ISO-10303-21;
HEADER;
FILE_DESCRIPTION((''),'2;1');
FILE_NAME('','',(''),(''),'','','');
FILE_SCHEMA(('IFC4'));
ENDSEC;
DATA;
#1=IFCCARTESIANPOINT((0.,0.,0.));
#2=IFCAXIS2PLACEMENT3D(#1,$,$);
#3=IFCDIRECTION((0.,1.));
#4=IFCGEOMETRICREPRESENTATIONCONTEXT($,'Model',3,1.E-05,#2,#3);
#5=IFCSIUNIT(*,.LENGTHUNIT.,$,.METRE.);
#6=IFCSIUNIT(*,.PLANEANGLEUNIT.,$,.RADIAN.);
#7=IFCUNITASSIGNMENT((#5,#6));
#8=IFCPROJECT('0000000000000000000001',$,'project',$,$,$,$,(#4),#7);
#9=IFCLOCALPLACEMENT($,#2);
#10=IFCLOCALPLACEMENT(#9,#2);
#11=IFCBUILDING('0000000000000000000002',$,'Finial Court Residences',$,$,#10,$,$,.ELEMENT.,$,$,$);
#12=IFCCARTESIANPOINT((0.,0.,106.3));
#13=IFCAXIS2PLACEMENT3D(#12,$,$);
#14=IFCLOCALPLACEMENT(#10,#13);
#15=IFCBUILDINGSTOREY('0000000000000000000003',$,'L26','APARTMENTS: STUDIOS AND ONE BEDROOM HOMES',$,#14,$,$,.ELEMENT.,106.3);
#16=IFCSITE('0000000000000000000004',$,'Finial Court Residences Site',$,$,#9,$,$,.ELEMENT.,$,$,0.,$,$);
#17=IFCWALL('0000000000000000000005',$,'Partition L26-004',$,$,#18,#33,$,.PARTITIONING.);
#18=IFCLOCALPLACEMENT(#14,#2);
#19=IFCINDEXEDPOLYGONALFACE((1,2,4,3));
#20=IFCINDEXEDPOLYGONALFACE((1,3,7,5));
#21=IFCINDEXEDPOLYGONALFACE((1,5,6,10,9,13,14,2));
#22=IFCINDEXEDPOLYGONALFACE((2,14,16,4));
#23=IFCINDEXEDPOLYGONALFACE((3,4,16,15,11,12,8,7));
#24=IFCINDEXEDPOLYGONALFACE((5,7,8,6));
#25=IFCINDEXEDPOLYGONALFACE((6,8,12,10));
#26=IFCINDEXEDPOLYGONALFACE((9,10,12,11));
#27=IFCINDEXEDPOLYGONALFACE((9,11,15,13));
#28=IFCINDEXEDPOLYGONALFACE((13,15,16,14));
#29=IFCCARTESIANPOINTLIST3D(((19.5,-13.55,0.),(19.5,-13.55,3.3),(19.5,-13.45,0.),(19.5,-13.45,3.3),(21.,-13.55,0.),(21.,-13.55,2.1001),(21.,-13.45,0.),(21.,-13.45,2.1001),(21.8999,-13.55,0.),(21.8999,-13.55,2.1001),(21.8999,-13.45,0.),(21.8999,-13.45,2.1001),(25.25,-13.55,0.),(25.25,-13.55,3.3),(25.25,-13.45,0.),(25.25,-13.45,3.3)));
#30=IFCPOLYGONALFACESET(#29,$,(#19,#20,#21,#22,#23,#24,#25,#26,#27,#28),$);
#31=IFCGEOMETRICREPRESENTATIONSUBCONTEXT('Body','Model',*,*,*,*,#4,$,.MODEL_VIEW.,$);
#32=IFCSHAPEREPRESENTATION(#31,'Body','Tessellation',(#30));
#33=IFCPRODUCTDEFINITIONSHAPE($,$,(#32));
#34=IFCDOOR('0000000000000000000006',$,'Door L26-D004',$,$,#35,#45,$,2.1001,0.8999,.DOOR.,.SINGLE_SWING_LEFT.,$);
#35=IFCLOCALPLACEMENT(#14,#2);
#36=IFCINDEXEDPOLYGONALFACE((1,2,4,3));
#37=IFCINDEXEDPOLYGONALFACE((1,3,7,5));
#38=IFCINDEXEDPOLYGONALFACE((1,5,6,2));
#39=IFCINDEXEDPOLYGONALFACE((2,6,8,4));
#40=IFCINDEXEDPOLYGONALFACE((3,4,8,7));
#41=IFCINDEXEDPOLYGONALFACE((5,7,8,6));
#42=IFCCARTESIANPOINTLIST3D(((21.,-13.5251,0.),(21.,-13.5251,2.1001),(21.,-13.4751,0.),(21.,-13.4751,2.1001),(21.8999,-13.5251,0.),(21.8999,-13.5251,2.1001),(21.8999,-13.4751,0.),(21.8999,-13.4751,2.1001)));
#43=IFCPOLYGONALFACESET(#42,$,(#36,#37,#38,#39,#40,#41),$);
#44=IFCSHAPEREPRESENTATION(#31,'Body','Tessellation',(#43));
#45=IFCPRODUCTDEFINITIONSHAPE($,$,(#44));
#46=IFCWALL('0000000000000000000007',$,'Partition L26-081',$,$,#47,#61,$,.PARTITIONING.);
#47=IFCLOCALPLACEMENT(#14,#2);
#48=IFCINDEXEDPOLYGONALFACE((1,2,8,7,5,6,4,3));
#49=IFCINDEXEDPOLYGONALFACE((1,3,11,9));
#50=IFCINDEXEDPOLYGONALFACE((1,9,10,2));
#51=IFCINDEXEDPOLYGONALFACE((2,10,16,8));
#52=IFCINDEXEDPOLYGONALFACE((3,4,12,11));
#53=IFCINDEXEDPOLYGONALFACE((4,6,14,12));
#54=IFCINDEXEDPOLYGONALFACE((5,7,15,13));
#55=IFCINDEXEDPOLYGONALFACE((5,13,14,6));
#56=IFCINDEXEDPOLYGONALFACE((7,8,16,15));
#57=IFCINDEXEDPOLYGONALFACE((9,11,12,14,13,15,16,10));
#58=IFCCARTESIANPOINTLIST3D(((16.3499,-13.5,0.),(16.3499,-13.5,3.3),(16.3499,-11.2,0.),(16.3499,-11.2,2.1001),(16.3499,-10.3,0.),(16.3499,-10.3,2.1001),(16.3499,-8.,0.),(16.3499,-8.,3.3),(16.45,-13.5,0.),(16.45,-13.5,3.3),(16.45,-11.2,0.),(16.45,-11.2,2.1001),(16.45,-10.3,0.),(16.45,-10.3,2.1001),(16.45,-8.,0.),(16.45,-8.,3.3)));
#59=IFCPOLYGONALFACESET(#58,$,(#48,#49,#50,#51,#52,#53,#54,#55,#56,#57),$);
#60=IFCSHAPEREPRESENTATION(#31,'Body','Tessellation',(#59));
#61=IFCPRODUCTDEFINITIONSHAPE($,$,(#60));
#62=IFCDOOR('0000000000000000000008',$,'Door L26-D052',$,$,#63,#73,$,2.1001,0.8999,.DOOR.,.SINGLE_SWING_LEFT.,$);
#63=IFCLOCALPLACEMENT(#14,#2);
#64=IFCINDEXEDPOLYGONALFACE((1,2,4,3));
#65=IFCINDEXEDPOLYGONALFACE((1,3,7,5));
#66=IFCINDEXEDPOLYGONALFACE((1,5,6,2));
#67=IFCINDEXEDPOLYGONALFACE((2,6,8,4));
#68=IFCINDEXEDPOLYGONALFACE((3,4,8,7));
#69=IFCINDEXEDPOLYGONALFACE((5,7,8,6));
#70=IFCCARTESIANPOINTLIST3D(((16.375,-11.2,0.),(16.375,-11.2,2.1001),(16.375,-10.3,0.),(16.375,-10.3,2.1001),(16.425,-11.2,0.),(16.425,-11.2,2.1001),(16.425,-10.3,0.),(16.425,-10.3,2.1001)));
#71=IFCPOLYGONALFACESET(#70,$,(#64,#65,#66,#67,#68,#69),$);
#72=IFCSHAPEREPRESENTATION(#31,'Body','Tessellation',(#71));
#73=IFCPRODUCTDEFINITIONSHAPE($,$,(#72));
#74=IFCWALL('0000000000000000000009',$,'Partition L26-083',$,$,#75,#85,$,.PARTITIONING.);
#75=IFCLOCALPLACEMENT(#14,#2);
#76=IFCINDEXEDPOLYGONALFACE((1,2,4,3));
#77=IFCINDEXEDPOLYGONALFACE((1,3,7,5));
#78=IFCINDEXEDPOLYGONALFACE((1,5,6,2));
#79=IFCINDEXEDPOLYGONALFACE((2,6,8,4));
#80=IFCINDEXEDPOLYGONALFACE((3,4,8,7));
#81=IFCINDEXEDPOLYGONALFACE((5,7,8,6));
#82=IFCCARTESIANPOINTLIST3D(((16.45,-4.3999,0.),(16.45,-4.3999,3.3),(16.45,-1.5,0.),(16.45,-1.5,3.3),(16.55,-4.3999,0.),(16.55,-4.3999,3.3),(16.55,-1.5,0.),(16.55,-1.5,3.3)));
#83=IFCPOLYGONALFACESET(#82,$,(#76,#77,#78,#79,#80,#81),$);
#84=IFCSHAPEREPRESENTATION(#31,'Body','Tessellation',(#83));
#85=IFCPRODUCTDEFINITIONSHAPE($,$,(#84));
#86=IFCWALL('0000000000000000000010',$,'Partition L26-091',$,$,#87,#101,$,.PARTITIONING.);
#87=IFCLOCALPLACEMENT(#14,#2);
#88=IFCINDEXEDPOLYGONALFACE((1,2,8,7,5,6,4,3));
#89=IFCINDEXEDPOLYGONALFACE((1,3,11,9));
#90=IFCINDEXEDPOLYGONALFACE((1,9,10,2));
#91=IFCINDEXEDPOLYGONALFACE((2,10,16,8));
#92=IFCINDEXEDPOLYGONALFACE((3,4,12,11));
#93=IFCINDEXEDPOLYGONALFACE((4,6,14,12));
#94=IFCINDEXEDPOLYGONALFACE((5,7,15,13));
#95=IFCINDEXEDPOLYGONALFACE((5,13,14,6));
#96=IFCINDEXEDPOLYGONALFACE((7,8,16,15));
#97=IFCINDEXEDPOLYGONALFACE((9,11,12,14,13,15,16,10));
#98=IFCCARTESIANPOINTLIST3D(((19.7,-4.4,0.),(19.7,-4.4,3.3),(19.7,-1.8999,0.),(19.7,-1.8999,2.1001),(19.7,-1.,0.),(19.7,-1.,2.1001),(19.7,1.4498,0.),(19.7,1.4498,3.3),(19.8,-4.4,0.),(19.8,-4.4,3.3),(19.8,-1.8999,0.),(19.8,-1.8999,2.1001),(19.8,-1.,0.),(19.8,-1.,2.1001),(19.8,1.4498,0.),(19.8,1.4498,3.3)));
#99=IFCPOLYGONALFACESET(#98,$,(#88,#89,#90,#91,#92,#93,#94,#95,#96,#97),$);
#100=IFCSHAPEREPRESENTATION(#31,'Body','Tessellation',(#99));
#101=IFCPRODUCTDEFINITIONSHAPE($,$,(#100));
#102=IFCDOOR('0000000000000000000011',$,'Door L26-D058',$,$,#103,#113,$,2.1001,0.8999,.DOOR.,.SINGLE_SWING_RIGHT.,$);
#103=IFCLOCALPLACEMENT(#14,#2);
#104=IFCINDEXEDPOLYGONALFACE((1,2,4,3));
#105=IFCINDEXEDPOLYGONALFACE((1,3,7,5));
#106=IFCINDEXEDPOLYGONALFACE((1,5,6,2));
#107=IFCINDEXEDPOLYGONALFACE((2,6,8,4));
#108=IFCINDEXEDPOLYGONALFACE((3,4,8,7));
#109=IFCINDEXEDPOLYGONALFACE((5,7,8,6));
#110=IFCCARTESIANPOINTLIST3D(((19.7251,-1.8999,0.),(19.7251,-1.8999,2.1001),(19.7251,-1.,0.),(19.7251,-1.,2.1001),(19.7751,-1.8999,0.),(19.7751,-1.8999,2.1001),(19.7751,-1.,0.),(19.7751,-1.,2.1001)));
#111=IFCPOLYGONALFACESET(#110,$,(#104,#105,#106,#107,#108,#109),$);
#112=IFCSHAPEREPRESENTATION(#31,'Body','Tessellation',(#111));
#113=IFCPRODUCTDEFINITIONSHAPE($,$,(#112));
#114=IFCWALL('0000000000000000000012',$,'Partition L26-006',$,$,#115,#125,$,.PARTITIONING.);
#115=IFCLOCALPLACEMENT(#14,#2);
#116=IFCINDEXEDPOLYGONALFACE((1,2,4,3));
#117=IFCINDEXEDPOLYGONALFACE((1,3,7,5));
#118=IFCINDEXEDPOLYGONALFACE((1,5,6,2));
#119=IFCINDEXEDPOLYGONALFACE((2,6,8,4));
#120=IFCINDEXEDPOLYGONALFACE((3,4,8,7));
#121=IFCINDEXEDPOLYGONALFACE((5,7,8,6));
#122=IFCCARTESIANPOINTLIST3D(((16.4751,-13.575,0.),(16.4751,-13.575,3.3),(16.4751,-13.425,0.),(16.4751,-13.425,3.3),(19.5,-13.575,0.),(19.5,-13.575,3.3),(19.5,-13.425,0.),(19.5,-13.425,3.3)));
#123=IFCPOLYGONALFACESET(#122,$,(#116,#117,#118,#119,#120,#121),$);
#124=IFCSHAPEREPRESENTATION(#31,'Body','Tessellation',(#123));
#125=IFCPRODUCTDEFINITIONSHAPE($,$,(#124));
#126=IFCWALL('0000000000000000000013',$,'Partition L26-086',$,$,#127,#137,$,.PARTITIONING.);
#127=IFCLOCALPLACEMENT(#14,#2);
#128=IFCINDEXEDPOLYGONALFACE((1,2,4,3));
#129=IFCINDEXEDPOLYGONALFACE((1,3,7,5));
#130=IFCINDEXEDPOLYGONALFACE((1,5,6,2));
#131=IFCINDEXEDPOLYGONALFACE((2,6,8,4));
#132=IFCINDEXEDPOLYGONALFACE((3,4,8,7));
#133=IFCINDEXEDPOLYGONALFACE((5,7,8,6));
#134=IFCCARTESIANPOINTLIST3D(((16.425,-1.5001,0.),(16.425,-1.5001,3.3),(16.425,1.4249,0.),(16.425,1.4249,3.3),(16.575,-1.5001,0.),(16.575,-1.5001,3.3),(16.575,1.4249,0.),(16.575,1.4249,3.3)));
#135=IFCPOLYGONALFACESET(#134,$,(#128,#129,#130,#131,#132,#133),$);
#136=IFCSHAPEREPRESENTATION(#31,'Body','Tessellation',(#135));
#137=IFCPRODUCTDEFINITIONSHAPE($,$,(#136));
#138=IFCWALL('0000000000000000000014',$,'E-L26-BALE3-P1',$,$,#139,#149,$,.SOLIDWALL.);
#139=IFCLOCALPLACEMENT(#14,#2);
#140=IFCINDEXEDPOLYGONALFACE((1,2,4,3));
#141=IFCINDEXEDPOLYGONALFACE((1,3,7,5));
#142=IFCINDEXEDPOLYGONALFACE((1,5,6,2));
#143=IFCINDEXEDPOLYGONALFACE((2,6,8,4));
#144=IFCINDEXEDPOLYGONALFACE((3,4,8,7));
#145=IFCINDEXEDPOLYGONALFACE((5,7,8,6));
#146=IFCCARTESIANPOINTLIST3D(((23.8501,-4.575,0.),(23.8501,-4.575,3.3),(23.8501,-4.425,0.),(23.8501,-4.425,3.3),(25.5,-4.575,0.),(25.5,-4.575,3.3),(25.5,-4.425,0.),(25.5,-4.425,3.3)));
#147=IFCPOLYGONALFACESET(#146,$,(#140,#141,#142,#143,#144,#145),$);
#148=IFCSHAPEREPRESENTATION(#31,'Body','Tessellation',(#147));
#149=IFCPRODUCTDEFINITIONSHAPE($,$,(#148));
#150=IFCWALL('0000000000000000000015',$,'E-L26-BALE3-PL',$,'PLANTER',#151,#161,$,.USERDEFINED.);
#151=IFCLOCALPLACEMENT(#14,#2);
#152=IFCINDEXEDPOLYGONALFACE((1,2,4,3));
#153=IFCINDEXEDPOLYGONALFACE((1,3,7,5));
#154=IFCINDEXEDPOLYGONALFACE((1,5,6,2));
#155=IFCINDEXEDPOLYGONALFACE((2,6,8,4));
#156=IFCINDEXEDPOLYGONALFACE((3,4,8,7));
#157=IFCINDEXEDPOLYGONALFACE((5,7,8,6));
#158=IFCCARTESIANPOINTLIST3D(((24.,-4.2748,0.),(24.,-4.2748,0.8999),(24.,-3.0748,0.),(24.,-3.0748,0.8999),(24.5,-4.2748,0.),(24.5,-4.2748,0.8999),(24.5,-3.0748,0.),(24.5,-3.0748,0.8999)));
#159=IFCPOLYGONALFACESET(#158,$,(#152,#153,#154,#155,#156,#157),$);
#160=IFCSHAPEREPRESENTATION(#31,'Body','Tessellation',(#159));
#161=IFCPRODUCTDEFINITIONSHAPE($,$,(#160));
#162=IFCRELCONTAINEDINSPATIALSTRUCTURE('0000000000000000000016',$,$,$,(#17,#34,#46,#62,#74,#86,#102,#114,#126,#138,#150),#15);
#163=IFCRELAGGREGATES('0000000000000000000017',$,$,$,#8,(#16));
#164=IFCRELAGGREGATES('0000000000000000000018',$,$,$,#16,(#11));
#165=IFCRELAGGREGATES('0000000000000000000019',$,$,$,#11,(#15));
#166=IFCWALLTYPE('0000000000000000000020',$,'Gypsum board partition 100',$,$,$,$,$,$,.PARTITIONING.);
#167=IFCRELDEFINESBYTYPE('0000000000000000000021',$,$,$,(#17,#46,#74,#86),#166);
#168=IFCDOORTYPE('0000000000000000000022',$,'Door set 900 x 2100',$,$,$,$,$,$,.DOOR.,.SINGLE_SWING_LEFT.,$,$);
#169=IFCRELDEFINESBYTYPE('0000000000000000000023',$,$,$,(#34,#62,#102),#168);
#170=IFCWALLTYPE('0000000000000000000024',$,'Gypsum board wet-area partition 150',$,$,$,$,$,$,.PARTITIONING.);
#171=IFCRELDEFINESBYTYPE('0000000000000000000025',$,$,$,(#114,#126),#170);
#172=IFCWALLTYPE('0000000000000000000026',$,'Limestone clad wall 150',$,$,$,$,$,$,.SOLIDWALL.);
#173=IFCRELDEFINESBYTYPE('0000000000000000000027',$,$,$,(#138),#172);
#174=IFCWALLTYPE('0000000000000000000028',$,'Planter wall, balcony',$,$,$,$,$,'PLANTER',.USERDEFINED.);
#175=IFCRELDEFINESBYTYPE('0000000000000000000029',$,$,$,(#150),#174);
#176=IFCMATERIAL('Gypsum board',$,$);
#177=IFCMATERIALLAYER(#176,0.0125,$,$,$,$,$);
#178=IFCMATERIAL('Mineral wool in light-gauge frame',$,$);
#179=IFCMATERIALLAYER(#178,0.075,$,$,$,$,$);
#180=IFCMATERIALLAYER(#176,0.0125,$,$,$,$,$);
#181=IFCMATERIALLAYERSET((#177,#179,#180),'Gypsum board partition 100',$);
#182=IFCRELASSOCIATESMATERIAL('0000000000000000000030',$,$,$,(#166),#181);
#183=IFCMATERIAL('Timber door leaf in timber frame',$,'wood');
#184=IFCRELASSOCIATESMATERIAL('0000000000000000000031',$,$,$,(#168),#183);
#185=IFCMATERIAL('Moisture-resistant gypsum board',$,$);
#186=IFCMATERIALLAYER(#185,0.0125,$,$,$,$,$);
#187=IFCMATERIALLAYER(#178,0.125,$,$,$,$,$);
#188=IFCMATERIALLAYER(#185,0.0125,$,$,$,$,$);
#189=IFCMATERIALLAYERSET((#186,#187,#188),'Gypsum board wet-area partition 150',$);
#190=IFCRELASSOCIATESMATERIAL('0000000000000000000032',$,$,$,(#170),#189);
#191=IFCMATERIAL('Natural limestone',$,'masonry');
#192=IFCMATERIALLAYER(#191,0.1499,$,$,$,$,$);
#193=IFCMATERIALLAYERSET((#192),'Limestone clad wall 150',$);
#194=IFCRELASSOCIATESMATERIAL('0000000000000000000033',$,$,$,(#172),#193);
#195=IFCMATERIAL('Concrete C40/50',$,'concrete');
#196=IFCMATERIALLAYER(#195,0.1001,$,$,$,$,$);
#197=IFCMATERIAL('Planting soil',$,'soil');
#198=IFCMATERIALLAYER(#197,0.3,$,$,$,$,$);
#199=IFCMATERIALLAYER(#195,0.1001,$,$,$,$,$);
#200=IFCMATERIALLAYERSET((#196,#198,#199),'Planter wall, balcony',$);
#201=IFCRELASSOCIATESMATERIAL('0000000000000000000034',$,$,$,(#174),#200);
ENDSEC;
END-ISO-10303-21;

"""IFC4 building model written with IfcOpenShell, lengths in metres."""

from ifc_helpers import new_model, si_unit, direction, frame, frame_2d, origin, place, context, subcontext, project, spatial, rectangle, extrude, material, layer, layer_set, type_object, element, fill, save


model = new_model("IFC4")

# Units and contexts
model_context = context("Model", 3, precision=1e-05, world=origin(), true_north=direction((0.0, 1.0)))
body_context = subcontext(model_context, "Body", "Model", "MODEL_VIEW")
ifc_project = project(units=[si_unit("LENGTHUNIT", "METRE"), si_unit("PLANEANGLEUNIT", "RADIAN")], contexts=[model_context])

# Site, building, storey
site_placement = place(None, origin())
site = spatial("IfcSite", under=ifc_project, at=site_placement, Name="Finial Court Residences Site", CompositionType="ELEMENT", RefElevation=0.0)
building_placement = place(site_placement, origin())
building = spatial("IfcBuilding", under=site, at=building_placement, Name="Finial Court Residences", CompositionType="ELEMENT")
storey_placement = place(building_placement, frame((0.0, 0.0, 106.3)))
storey = spatial("IfcBuildingStorey", under=building, at=storey_placement, Name="L26", Description="APARTMENTS: STUDIOS AND ONE BEDROOM HOMES", CompositionType="ELEMENT", Elevation=106.3)

# Walls, openings, doors
ifc_material_1 = material(Name="Gypsum board")
ifc_layer_1 = layer(ifc_material_1, 0.0125)
ifc_material_2 = material(Name="Mineral wool in light-gauge frame")
ifc_layer_2 = layer(ifc_material_2, 0.075)
ifc_layer_3 = layer(ifc_material_1, 0.0125)
ifc_layer_set_1 = layer_set([ifc_layer_1, ifc_layer_2, ifc_layer_3], Name="Gypsum board partition 100")
wall_type_1 = type_object("IfcWallType", Name="Gypsum board partition 100", PredefinedType="PARTITIONING", material=ifc_layer_set_1)
wall_1_placement = place(storey_placement, frame((19.5, -13.5, 0.0), z_axis=(0.0, 0.0, 1.0), x_axis=(1.0, 0.0, 0.0)))
wall_1 = element("IfcWall", 1, at=wall_1_placement, inside=storey, type_object=wall_type_1, Name="Partition L26-004", PredefinedType="PARTITIONING", context=body_context, shape_type="SweptSolid", body=[
    extrude(rectangle(XDim=5.75, YDim=0.1001, at=frame_2d((2.875, 0.0))), origin(), (0.0, 0.0, 1.0), 3.3),
])
opening_1_placement = place(wall_1_placement, frame((1.5, 0.0, 0.0)))
opening_1 = element("IfcOpeningElement", 2, at=opening_1_placement, cuts=wall_1, PredefinedType="OPENING", context=body_context, shape_type="SweptSolid", body=[
    extrude(rectangle(XDim=0.8999, YDim=2.1001, at=frame_2d((0.45, 1.05))), frame((0.0, 0.0601, 0.0), z_axis=(0.0, -1.0, 0.0), x_axis=(1.0, 0.0, 0.0)), (0.0, 0.0, 1.0), 0.1201),
])
ifc_material_3 = material(Name="Timber door leaf in timber frame", Category="wood")
door_type_1 = type_object("IfcDoorType", Name="Door set 900 x 2100", OperationType="SINGLE_SWING_LEFT", PredefinedType="DOOR", material=ifc_material_3)
door_1_placement = place(opening_1_placement, origin())
door_1 = element("IfcDoor", 3, at=door_1_placement, inside=storey, type_object=door_type_1, Name="Door L26-D004", OperationType="SINGLE_SWING_LEFT", OverallHeight=2.1001, OverallWidth=0.8999, PredefinedType="DOOR", context=body_context, shape_type="SweptSolid", body=[
    extrude(rectangle(XDim=0.8999, YDim=2.1001, at=frame_2d((0.45, 1.05))), frame((0.0, 0.0249, 0.0), z_axis=(0.0, -1.0, 0.0), x_axis=(1.0, 0.0, 0.0)), (0.0, 0.0, 1.0), 0.05),
])
fill(opening_1, door_1)
wall_2_placement = place(storey_placement, frame((16.3999, -13.5, 0.0), z_axis=(0.0, 0.0, 1.0), x_axis=(0.0, 1.0, 0.0)))
wall_2 = element("IfcWall", 4, at=wall_2_placement, inside=storey, type_object=wall_type_1, Name="Partition L26-081", PredefinedType="PARTITIONING", context=body_context, shape_type="SweptSolid", body=[
    extrude(rectangle(XDim=5.5, YDim=0.1001, at=frame_2d((2.75, 0.0))), origin(), (0.0, 0.0, 1.0), 3.3),
])
opening_2_placement = place(wall_2_placement, frame((2.3, 0.0, 0.0)))
opening_2 = element("IfcOpeningElement", 5, at=opening_2_placement, cuts=wall_2, PredefinedType="OPENING", context=body_context, shape_type="SweptSolid", body=[
    extrude(rectangle(XDim=0.8999, YDim=2.1001, at=frame_2d((0.45, 1.05))), frame((0.0, 0.0601, 0.0), z_axis=(0.0, -1.0, 0.0), x_axis=(1.0, 0.0, 0.0)), (0.0, 0.0, 1.0), 0.1201),
])
door_2_placement = place(opening_2_placement, origin())
door_2 = element("IfcDoor", 6, at=door_2_placement, inside=storey, type_object=door_type_1, Name="Door L26-D052", OperationType="SINGLE_SWING_LEFT", OverallHeight=2.1001, OverallWidth=0.8999, PredefinedType="DOOR", context=body_context, shape_type="SweptSolid", body=[
    extrude(rectangle(XDim=0.8999, YDim=2.1001, at=frame_2d((0.45, 1.05))), frame((0.0, 0.0249, 0.0), z_axis=(0.0, -1.0, 0.0), x_axis=(1.0, 0.0, 0.0)), (0.0, 0.0, 1.0), 0.05),
])
fill(opening_2, door_2)

# Wall
wall_3_placement = place(storey_placement, frame((16.5, -4.3999, 0.0), z_axis=(0.0, 0.0, 1.0), x_axis=(0.0, 1.0, 0.0)))
element("IfcWall", 7, at=wall_3_placement, inside=storey, type_object=wall_type_1, Name="Partition L26-083", PredefinedType="PARTITIONING", context=body_context, shape_type="SweptSolid", body=[
    extrude(rectangle(XDim=2.8999, YDim=0.1001, at=frame_2d((1.45, 0.0))), origin(), (0.0, 0.0, 1.0), 3.3),
])

# Wall, opening, door
wall_4_placement = place(storey_placement, frame((19.75, -4.3999, 0.0), z_axis=(0.0, 0.0, 1.0), x_axis=(0.0, 1.0, 0.0)))
wall_4 = element("IfcWall", 8, at=wall_4_placement, inside=storey, type_object=wall_type_1, Name="Partition L26-091", PredefinedType="PARTITIONING", context=body_context, shape_type="SweptSolid", body=[
    extrude(rectangle(XDim=5.8499, YDim=0.1001, at=frame_2d((2.9248, 0.0))), origin(), (0.0, 0.0, 1.0), 3.3),
])
opening_3_placement = place(wall_4_placement, frame((2.5, 0.0, 0.0)))
opening_3 = element("IfcOpeningElement", 9, at=opening_3_placement, cuts=wall_4, PredefinedType="OPENING", context=body_context, shape_type="SweptSolid", body=[
    extrude(rectangle(XDim=0.8999, YDim=2.1001, at=frame_2d((0.45, 1.05))), frame((0.0, 0.0601, 0.0), z_axis=(0.0, -1.0, 0.0), x_axis=(1.0, 0.0, 0.0)), (0.0, 0.0, 1.0), 0.1201),
])
door_3_placement = place(opening_3_placement, origin())
door_3 = element("IfcDoor", 10, at=door_3_placement, inside=storey, type_object=door_type_1, Name="Door L26-D058", OperationType="SINGLE_SWING_RIGHT", OverallHeight=2.1001, OverallWidth=0.8999, PredefinedType="DOOR", context=body_context, shape_type="SweptSolid", body=[
    extrude(rectangle(XDim=0.8999, YDim=2.1001, at=frame_2d((0.45, 1.05))), frame((0.0, 0.0249, 0.0), z_axis=(0.0, -1.0, 0.0), x_axis=(1.0, 0.0, 0.0)), (0.0, 0.0, 1.0), 0.05),
])
fill(opening_3, door_3)

# Walls
ifc_material_4 = material(Name="Moisture-resistant gypsum board")
ifc_layer_4 = layer(ifc_material_4, 0.0125)
ifc_layer_5 = layer(ifc_material_2, 0.125)
ifc_layer_6 = layer(ifc_material_4, 0.0125)
ifc_layer_set_2 = layer_set([ifc_layer_4, ifc_layer_5, ifc_layer_6], Name="Gypsum board wet-area partition 150")
wall_type_2 = type_object("IfcWallType", Name="Gypsum board wet-area partition 150", PredefinedType="PARTITIONING", material=ifc_layer_set_2)
wall_5_placement = place(storey_placement, frame((16.4751, -13.5, 0.0), z_axis=(0.0, 0.0, 1.0), x_axis=(1.0, 0.0, 0.0)))
element("IfcWall", 11, at=wall_5_placement, inside=storey, type_object=wall_type_2, Name="Partition L26-006", PredefinedType="PARTITIONING", context=body_context, shape_type="SweptSolid", body=[
    extrude(rectangle(XDim=3.0249, YDim=0.1499, at=frame_2d((1.5125, 0.0))), origin(), (0.0, 0.0, 1.0), 3.3),
])
wall_6_placement = place(storey_placement, frame((16.5, -1.5, 0.0), z_axis=(0.0, 0.0, 1.0), x_axis=(0.0, 1.0, 0.0)))
element("IfcWall", 12, at=wall_6_placement, inside=storey, type_object=wall_type_2, Name="Partition L26-086", PredefinedType="PARTITIONING", context=body_context, shape_type="SweptSolid", body=[
    extrude(rectangle(XDim=2.925, YDim=0.1499, at=frame_2d((1.4624, 0.0))), origin(), (0.0, 0.0, 1.0), 3.3),
])
ifc_material_5 = material(Name="Natural limestone", Category="masonry")
ifc_layer_7 = layer(ifc_material_5, 0.1499)
ifc_layer_set_3 = layer_set([ifc_layer_7], Name="Limestone clad wall 150")
wall_type_3 = type_object("IfcWallType", Name="Limestone clad wall 150", PredefinedType="SOLIDWALL", material=ifc_layer_set_3)
wall_7_placement = place(storey_placement, frame((23.8501, -4.5, 0.0), z_axis=(0.0, 0.0, 1.0), x_axis=(1.0, 0.0, 0.0)))
element("IfcWall", 13, at=wall_7_placement, inside=storey, type_object=wall_type_3, Name="E-L26-BALE3-P1", PredefinedType="SOLIDWALL", context=body_context, shape_type="SweptSolid", body=[
    extrude(rectangle(XDim=1.6499, YDim=0.1499, at=frame_2d((0.825, 0.0))), origin(), (0.0, 0.0, 1.0), 3.3),
])
ifc_material_6 = material(Name="Concrete C40/50", Category="concrete")
ifc_layer_8 = layer(ifc_material_6, 0.1001)
ifc_material_7 = material(Name="Planting soil", Category="soil")
ifc_layer_9 = layer(ifc_material_7, 0.3)
ifc_layer_10 = layer(ifc_material_6, 0.1001)
ifc_layer_set_4 = layer_set([ifc_layer_8, ifc_layer_9, ifc_layer_10], Name="Planter wall, balcony")
wall_type_4 = type_object("IfcWallType", Name="Planter wall, balcony", ElementType="PLANTER", PredefinedType="USERDEFINED", material=ifc_layer_set_4)
wall_8_placement = place(storey_placement, frame((24.25, -4.2749, 0.0), z_axis=(0.0, 0.0, 1.0), x_axis=(0.0, 1.0, 0.0)))
element("IfcWall", 14, at=wall_8_placement, inside=storey, type_object=wall_type_4, Name="E-L26-BALE3-PL", ObjectType="PLANTER", PredefinedType="USERDEFINED", context=body_context, shape_type="SweptSolid", body=[
    extrude(rectangle(XDim=1.2, YDim=0.5, at=frame_2d((0.6001, 0.0))), origin(), (0.0, 0.0, 1.0), 0.8999),
])

save(model, "model.ifc")
